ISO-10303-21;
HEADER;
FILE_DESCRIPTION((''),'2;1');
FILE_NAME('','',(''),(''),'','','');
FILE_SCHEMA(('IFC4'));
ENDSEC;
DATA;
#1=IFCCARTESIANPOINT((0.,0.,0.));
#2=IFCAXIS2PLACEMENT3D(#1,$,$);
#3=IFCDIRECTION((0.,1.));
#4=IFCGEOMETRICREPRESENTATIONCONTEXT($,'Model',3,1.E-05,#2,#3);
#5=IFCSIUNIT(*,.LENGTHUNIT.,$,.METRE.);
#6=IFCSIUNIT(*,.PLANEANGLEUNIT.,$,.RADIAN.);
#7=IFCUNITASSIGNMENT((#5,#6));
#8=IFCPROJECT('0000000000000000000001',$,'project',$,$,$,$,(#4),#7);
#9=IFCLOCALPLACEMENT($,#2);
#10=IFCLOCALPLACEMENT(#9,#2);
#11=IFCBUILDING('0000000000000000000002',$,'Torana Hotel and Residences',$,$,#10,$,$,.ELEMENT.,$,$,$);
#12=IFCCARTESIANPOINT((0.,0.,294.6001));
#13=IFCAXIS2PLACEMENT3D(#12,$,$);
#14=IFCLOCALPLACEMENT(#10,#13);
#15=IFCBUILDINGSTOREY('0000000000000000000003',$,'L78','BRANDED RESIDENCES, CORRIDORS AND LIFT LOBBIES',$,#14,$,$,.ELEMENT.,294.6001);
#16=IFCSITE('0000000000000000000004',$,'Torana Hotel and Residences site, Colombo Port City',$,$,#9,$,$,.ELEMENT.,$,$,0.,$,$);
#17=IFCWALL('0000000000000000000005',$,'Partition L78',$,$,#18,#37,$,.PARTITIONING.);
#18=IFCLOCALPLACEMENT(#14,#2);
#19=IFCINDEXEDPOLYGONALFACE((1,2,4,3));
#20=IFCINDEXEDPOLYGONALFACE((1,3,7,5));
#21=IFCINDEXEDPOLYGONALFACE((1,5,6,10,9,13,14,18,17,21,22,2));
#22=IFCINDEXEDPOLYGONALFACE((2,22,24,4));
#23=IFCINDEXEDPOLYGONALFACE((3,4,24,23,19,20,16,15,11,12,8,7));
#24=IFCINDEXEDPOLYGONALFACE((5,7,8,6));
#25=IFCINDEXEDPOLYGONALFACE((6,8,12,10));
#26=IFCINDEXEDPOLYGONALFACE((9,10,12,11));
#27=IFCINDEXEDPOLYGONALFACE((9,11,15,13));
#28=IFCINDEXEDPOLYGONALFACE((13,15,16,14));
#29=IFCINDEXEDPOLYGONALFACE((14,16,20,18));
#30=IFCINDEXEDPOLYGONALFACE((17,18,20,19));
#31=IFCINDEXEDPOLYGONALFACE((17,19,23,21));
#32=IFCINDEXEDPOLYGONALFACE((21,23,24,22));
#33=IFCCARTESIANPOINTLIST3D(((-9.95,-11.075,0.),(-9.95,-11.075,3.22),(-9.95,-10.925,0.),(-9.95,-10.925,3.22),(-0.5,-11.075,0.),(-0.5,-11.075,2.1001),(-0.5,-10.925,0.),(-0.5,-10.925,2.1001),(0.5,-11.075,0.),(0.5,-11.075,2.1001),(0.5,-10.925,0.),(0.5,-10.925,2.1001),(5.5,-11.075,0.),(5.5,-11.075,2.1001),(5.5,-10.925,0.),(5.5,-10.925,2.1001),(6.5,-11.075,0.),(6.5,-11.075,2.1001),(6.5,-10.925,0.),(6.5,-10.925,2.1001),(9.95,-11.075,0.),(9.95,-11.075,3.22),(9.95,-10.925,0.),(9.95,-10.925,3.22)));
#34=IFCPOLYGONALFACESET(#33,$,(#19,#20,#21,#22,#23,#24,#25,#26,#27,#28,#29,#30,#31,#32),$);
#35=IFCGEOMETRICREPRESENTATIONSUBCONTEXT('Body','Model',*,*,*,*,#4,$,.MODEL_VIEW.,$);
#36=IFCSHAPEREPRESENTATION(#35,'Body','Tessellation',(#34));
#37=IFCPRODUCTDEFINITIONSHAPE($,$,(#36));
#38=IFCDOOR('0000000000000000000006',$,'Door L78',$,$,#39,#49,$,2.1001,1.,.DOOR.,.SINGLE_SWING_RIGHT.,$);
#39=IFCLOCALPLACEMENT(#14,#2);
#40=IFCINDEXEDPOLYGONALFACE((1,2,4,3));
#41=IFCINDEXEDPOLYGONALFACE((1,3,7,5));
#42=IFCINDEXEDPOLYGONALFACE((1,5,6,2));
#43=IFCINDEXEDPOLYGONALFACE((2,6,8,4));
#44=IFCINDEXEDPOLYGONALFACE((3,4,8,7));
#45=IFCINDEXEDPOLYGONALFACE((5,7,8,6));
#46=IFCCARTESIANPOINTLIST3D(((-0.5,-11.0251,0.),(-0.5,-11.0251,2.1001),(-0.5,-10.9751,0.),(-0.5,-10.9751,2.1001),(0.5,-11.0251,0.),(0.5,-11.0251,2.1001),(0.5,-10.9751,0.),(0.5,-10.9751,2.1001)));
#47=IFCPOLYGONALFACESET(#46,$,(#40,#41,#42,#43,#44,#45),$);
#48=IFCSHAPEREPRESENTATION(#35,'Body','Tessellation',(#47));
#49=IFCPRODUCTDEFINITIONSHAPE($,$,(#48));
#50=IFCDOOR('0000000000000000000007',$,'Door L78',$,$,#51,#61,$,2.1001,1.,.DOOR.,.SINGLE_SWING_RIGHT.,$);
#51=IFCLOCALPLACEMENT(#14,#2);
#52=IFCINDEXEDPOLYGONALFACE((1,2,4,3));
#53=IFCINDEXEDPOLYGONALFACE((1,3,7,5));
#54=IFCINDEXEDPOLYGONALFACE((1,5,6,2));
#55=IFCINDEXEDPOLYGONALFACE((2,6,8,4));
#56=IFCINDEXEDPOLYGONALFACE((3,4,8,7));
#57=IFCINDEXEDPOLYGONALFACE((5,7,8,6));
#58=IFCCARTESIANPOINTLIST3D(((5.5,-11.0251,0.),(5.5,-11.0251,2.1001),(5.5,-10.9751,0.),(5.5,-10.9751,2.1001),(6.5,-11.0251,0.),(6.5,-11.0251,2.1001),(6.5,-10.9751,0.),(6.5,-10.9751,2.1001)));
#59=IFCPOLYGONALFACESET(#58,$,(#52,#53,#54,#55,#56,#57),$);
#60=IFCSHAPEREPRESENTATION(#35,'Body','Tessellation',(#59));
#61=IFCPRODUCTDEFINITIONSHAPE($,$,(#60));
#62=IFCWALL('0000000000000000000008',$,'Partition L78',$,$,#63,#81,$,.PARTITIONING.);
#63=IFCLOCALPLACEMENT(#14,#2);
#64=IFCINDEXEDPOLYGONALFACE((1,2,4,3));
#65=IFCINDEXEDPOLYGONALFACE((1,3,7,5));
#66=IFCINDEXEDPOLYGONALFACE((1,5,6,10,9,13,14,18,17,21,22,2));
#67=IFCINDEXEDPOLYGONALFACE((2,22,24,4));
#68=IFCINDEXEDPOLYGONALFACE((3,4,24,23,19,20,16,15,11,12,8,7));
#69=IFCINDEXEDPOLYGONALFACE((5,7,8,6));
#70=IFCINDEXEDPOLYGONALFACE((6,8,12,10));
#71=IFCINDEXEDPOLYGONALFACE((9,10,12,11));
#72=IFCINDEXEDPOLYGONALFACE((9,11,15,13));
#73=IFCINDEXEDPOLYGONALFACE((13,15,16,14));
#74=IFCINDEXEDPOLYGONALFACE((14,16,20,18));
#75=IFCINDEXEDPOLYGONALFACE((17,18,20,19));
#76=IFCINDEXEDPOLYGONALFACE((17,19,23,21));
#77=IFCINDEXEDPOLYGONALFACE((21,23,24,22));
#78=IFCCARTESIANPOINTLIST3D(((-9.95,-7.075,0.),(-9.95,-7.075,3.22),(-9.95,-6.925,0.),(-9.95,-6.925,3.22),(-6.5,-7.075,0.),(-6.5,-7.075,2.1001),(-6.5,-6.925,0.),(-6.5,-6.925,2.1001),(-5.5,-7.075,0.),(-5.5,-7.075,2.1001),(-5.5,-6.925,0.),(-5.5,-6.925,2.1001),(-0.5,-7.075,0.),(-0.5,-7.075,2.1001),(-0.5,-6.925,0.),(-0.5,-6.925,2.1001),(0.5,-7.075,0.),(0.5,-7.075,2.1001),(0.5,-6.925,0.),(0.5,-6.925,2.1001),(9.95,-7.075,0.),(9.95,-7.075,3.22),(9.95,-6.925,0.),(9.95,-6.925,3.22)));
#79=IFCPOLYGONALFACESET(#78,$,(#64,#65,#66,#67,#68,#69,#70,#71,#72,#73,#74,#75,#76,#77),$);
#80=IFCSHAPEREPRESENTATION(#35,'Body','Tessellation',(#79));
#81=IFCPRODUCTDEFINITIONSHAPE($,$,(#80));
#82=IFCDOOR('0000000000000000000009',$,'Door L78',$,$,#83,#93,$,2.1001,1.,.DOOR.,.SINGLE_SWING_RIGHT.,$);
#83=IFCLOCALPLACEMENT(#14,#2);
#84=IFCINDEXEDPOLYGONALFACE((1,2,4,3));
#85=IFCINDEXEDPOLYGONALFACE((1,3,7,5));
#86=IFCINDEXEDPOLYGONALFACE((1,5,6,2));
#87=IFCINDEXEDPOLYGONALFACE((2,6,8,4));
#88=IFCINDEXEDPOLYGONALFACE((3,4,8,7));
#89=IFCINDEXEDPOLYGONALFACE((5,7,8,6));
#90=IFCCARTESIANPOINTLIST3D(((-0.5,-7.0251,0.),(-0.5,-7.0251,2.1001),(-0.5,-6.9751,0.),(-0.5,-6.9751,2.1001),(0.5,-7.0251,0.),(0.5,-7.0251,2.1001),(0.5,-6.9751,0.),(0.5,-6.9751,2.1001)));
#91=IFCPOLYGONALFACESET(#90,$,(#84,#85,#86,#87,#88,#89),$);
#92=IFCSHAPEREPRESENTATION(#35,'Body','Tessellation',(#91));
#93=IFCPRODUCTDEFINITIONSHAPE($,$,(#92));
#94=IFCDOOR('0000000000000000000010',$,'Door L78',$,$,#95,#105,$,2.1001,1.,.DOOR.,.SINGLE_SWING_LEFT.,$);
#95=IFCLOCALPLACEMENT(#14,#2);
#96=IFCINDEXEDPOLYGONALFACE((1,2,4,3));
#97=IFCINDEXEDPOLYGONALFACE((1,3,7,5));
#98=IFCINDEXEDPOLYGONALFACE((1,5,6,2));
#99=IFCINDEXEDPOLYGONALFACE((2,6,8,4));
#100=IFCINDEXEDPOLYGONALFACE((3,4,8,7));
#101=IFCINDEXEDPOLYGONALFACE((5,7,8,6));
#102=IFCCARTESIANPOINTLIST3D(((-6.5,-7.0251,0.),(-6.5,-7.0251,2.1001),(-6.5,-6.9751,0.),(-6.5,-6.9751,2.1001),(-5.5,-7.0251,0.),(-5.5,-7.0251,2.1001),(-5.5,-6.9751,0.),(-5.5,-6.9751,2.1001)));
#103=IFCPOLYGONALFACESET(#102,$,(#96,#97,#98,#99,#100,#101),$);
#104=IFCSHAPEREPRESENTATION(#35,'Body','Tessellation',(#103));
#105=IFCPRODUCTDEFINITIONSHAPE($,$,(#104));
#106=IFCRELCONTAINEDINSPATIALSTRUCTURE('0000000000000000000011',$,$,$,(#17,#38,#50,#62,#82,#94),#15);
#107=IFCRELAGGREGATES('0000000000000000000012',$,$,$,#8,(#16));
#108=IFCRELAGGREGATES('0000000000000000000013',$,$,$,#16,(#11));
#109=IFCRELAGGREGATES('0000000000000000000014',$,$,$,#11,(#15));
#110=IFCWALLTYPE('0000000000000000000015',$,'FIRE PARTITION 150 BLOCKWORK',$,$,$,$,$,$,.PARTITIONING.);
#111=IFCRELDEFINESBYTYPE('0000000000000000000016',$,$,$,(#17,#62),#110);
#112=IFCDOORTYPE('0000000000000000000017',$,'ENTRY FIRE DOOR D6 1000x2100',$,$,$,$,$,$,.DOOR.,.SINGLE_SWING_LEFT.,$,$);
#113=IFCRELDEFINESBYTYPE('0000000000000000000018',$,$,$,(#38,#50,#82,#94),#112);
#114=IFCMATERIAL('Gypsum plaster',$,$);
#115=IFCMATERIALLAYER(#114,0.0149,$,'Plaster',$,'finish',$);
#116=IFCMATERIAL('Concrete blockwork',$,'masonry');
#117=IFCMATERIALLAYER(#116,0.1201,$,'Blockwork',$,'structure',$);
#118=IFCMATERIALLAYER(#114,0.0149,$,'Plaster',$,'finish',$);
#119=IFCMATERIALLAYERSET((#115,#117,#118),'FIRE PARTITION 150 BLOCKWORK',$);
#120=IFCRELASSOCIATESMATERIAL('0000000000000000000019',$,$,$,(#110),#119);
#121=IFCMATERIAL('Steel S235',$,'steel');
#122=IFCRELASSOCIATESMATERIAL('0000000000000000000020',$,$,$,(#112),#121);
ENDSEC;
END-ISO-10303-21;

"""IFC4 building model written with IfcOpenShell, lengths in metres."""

from ifc_helpers import new_model, si_unit, direction, frame, frame_2d, origin, place, context, subcontext, project, spatial, rectangle, extrude, material, layer, layer_set, type_object, element, fill, save


model = new_model("IFC4")

# Units and contexts
model_context = context("Model", 3, precision=1e-05, world=origin(), true_north=direction((0.0, 1.0)))
body_context = subcontext(model_context, "Body", "Model", "MODEL_VIEW")
ifc_project = project(units=[si_unit("LENGTHUNIT", "METRE"), si_unit("PLANEANGLEUNIT", "RADIAN")], contexts=[model_context])

# Site, building, storey
site_placement = place(None, origin())
site = spatial("IfcSite", under=ifc_project, at=site_placement, Name="Torana Hotel and Residences site, Colombo Port City", CompositionType="ELEMENT", RefElevation=0.0)
building_placement = place(site_placement, origin())
building = spatial("IfcBuilding", under=site, at=building_placement, Name="Torana Hotel and Residences", CompositionType="ELEMENT")
storey_placement = place(building_placement, frame((0.0, 0.0, 294.6001)))
storey = spatial("IfcBuildingStorey", under=building, at=storey_placement, Name="L78", Description="BRANDED RESIDENCES, CORRIDORS AND LIFT LOBBIES", CompositionType="ELEMENT", Elevation=294.6001)

# Shared definitions
ifc_material_1 = material(Name="Gypsum plaster")
ifc_layer_1 = layer(ifc_material_1, 0.0149, Name="Plaster", Category="finish")
ifc_material_2 = material(Name="Concrete blockwork", Category="masonry")
ifc_layer_2 = layer(ifc_material_2, 0.1201, Name="Blockwork", Category="structure")
ifc_layer_3 = layer(ifc_material_1, 0.0149, Name="Plaster", Category="finish")
ifc_layer_set_1 = layer_set([ifc_layer_1, ifc_layer_2, ifc_layer_3], Name="FIRE PARTITION 150 BLOCKWORK")
wall_type_1 = type_object("IfcWallType", Name="FIRE PARTITION 150 BLOCKWORK", PredefinedType="PARTITIONING", material=ifc_layer_set_1)

# Walls, openings, doors
wall_1_placement = place(storey_placement, frame((-9.95, -11.0, 0.0), z_axis=(0.0, 0.0, 1.0), x_axis=(1.0, 0.0, 0.0)))
wall_1 = element("IfcWall", 1, at=wall_1_placement, inside=storey, type_object=wall_type_1, Name="Partition L78", PredefinedType="PARTITIONING", context=body_context, shape_type="SweptSolid", body=[
    extrude(rectangle(XDim=19.8999, YDim=0.1499, at=frame_2d((9.95, 0.0))), origin(), (0.0, 0.0, 1.0), 3.22),
])
opening_1_placement = place(wall_1_placement, frame((9.45, 0.0, 0.0)))
opening_1 = element("IfcOpeningElement", 2, at=opening_1_placement, cuts=wall_1, PredefinedType="OPENING", context=body_context, shape_type="SweptSolid", body=[
    extrude(rectangle(XDim=1.0, YDim=2.1001, at=frame_2d((0.5, 1.05))), frame((0.0, 0.085, 0.0), z_axis=(0.0, -1.0, 0.0), x_axis=(1.0, 0.0, 0.0)), (0.0, 0.0, 1.0), 0.1699),
])
opening_2_placement = place(wall_1_placement, frame((15.45, 0.0, 0.0)))
opening_2 = element("IfcOpeningElement", 3, at=opening_2_placement, cuts=wall_1, PredefinedType="OPENING", context=body_context, shape_type="SweptSolid", body=[
    extrude(rectangle(XDim=1.0, YDim=2.1001, at=frame_2d((0.5, 1.05))), frame((0.0, 0.085, 0.0), z_axis=(0.0, -1.0, 0.0), x_axis=(1.0, 0.0, 0.0)), (0.0, 0.0, 1.0), 0.1699),
])
ifc_material_3 = material(Name="Steel S235", Category="steel")
door_type_1 = type_object("IfcDoorType", Name="ENTRY FIRE DOOR D6 1000x2100", OperationType="SINGLE_SWING_LEFT", PredefinedType="DOOR", material=ifc_material_3)
door_1_placement = place(opening_1_placement, origin())
door_1 = element("IfcDoor", 4, at=door_1_placement, inside=storey, type_object=door_type_1, Name="Door L78", OperationType="SINGLE_SWING_RIGHT", OverallHeight=2.1001, OverallWidth=1.0, PredefinedType="DOOR", context=body_context, shape_type="SweptSolid", body=[
    extrude(rectangle(XDim=1.0, YDim=2.1001, at=frame_2d((0.5, 1.05))), frame((0.0, 0.0249, 0.0), z_axis=(0.0, -1.0, 0.0), x_axis=(1.0, 0.0, 0.0)), (0.0, 0.0, 1.0), 0.05),
])
fill(opening_1, door_1)
door_2_placement = place(opening_2_placement, origin())
door_2 = element("IfcDoor", 5, at=door_2_placement, inside=storey, type_object=door_type_1, Name="Door L78", OperationType="SINGLE_SWING_RIGHT", OverallHeight=2.1001, OverallWidth=1.0, PredefinedType="DOOR", context=body_context, shape_type="SweptSolid", body=[
    extrude(rectangle(XDim=1.0, YDim=2.1001, at=frame_2d((0.5, 1.05))), frame((0.0, 0.0249, 0.0), z_axis=(0.0, -1.0, 0.0), x_axis=(1.0, 0.0, 0.0)), (0.0, 0.0, 1.0), 0.05),
])
fill(opening_2, door_2)
wall_2_placement = place(storey_placement, frame((-9.95, -7.0, 0.0), z_axis=(0.0, 0.0, 1.0), x_axis=(1.0, 0.0, 0.0)))
wall_2 = element("IfcWall", 6, at=wall_2_placement, inside=storey, type_object=wall_type_1, Name="Partition L78", PredefinedType="PARTITIONING", context=body_context, shape_type="SweptSolid", body=[
    extrude(rectangle(XDim=19.8999, YDim=0.1499, at=frame_2d((9.95, 0.0))), origin(), (0.0, 0.0, 1.0), 3.22),
])
opening_3_placement = place(wall_2_placement, frame((9.45, 0.0, 0.0)))
opening_3 = element("IfcOpeningElement", 7, at=opening_3_placement, cuts=wall_2, PredefinedType="OPENING", context=body_context, shape_type="SweptSolid", body=[
    extrude(rectangle(XDim=1.0, YDim=2.1001, at=frame_2d((0.5, 1.05))), frame((0.0, 0.085, 0.0), z_axis=(0.0, -1.0, 0.0), x_axis=(1.0, 0.0, 0.0)), (0.0, 0.0, 1.0), 0.1699),
])
opening_4_placement = place(wall_2_placement, frame((3.45, 0.0, 0.0)))
opening_4 = element("IfcOpeningElement", 8, at=opening_4_placement, cuts=wall_2, PredefinedType="OPENING", context=body_context, shape_type="SweptSolid", body=[
    extrude(rectangle(XDim=1.0, YDim=2.1001, at=frame_2d((0.5, 1.05))), frame((0.0, 0.085, 0.0), z_axis=(0.0, -1.0, 0.0), x_axis=(1.0, 0.0, 0.0)), (0.0, 0.0, 1.0), 0.1699),
])
door_3_placement = place(opening_3_placement, origin())
door_3 = element("IfcDoor", 9, at=door_3_placement, inside=storey, type_object=door_type_1, Name="Door L78", OperationType="SINGLE_SWING_RIGHT", OverallHeight=2.1001, OverallWidth=1.0, PredefinedType="DOOR", context=body_context, shape_type="SweptSolid", body=[
    extrude(rectangle(XDim=1.0, YDim=2.1001, at=frame_2d((0.5, 1.05))), frame((0.0, 0.0249, 0.0), z_axis=(0.0, -1.0, 0.0), x_axis=(1.0, 0.0, 0.0)), (0.0, 0.0, 1.0), 0.05),
])
fill(opening_3, door_3)
door_4_placement = place(opening_4_placement, frame((0.5, 0.0, 0.0), z_axis=(0.0, 0.0, 1.0), x_axis=(-1.0, 0.0, 0.0)))
door_4 = element("IfcDoor", 10, at=door_4_placement, inside=storey, type_object=door_type_1, Name="Door L78", OperationType="SINGLE_SWING_LEFT", OverallHeight=2.1001, OverallWidth=1.0, PredefinedType="DOOR", context=body_context, shape_type="SweptSolid", body=[
    extrude(rectangle(XDim=1.0, YDim=2.1001, at=frame_2d((0.0, 1.05))), frame((0.0, -0.0249, 0.0), z_axis=(0.0, 1.0, 0.0), x_axis=(-1.0, 0.0, 0.0)), (0.0, 0.0, 1.0), 0.05),
])
fill(opening_4, door_4)

save(model, "model.ifc")
